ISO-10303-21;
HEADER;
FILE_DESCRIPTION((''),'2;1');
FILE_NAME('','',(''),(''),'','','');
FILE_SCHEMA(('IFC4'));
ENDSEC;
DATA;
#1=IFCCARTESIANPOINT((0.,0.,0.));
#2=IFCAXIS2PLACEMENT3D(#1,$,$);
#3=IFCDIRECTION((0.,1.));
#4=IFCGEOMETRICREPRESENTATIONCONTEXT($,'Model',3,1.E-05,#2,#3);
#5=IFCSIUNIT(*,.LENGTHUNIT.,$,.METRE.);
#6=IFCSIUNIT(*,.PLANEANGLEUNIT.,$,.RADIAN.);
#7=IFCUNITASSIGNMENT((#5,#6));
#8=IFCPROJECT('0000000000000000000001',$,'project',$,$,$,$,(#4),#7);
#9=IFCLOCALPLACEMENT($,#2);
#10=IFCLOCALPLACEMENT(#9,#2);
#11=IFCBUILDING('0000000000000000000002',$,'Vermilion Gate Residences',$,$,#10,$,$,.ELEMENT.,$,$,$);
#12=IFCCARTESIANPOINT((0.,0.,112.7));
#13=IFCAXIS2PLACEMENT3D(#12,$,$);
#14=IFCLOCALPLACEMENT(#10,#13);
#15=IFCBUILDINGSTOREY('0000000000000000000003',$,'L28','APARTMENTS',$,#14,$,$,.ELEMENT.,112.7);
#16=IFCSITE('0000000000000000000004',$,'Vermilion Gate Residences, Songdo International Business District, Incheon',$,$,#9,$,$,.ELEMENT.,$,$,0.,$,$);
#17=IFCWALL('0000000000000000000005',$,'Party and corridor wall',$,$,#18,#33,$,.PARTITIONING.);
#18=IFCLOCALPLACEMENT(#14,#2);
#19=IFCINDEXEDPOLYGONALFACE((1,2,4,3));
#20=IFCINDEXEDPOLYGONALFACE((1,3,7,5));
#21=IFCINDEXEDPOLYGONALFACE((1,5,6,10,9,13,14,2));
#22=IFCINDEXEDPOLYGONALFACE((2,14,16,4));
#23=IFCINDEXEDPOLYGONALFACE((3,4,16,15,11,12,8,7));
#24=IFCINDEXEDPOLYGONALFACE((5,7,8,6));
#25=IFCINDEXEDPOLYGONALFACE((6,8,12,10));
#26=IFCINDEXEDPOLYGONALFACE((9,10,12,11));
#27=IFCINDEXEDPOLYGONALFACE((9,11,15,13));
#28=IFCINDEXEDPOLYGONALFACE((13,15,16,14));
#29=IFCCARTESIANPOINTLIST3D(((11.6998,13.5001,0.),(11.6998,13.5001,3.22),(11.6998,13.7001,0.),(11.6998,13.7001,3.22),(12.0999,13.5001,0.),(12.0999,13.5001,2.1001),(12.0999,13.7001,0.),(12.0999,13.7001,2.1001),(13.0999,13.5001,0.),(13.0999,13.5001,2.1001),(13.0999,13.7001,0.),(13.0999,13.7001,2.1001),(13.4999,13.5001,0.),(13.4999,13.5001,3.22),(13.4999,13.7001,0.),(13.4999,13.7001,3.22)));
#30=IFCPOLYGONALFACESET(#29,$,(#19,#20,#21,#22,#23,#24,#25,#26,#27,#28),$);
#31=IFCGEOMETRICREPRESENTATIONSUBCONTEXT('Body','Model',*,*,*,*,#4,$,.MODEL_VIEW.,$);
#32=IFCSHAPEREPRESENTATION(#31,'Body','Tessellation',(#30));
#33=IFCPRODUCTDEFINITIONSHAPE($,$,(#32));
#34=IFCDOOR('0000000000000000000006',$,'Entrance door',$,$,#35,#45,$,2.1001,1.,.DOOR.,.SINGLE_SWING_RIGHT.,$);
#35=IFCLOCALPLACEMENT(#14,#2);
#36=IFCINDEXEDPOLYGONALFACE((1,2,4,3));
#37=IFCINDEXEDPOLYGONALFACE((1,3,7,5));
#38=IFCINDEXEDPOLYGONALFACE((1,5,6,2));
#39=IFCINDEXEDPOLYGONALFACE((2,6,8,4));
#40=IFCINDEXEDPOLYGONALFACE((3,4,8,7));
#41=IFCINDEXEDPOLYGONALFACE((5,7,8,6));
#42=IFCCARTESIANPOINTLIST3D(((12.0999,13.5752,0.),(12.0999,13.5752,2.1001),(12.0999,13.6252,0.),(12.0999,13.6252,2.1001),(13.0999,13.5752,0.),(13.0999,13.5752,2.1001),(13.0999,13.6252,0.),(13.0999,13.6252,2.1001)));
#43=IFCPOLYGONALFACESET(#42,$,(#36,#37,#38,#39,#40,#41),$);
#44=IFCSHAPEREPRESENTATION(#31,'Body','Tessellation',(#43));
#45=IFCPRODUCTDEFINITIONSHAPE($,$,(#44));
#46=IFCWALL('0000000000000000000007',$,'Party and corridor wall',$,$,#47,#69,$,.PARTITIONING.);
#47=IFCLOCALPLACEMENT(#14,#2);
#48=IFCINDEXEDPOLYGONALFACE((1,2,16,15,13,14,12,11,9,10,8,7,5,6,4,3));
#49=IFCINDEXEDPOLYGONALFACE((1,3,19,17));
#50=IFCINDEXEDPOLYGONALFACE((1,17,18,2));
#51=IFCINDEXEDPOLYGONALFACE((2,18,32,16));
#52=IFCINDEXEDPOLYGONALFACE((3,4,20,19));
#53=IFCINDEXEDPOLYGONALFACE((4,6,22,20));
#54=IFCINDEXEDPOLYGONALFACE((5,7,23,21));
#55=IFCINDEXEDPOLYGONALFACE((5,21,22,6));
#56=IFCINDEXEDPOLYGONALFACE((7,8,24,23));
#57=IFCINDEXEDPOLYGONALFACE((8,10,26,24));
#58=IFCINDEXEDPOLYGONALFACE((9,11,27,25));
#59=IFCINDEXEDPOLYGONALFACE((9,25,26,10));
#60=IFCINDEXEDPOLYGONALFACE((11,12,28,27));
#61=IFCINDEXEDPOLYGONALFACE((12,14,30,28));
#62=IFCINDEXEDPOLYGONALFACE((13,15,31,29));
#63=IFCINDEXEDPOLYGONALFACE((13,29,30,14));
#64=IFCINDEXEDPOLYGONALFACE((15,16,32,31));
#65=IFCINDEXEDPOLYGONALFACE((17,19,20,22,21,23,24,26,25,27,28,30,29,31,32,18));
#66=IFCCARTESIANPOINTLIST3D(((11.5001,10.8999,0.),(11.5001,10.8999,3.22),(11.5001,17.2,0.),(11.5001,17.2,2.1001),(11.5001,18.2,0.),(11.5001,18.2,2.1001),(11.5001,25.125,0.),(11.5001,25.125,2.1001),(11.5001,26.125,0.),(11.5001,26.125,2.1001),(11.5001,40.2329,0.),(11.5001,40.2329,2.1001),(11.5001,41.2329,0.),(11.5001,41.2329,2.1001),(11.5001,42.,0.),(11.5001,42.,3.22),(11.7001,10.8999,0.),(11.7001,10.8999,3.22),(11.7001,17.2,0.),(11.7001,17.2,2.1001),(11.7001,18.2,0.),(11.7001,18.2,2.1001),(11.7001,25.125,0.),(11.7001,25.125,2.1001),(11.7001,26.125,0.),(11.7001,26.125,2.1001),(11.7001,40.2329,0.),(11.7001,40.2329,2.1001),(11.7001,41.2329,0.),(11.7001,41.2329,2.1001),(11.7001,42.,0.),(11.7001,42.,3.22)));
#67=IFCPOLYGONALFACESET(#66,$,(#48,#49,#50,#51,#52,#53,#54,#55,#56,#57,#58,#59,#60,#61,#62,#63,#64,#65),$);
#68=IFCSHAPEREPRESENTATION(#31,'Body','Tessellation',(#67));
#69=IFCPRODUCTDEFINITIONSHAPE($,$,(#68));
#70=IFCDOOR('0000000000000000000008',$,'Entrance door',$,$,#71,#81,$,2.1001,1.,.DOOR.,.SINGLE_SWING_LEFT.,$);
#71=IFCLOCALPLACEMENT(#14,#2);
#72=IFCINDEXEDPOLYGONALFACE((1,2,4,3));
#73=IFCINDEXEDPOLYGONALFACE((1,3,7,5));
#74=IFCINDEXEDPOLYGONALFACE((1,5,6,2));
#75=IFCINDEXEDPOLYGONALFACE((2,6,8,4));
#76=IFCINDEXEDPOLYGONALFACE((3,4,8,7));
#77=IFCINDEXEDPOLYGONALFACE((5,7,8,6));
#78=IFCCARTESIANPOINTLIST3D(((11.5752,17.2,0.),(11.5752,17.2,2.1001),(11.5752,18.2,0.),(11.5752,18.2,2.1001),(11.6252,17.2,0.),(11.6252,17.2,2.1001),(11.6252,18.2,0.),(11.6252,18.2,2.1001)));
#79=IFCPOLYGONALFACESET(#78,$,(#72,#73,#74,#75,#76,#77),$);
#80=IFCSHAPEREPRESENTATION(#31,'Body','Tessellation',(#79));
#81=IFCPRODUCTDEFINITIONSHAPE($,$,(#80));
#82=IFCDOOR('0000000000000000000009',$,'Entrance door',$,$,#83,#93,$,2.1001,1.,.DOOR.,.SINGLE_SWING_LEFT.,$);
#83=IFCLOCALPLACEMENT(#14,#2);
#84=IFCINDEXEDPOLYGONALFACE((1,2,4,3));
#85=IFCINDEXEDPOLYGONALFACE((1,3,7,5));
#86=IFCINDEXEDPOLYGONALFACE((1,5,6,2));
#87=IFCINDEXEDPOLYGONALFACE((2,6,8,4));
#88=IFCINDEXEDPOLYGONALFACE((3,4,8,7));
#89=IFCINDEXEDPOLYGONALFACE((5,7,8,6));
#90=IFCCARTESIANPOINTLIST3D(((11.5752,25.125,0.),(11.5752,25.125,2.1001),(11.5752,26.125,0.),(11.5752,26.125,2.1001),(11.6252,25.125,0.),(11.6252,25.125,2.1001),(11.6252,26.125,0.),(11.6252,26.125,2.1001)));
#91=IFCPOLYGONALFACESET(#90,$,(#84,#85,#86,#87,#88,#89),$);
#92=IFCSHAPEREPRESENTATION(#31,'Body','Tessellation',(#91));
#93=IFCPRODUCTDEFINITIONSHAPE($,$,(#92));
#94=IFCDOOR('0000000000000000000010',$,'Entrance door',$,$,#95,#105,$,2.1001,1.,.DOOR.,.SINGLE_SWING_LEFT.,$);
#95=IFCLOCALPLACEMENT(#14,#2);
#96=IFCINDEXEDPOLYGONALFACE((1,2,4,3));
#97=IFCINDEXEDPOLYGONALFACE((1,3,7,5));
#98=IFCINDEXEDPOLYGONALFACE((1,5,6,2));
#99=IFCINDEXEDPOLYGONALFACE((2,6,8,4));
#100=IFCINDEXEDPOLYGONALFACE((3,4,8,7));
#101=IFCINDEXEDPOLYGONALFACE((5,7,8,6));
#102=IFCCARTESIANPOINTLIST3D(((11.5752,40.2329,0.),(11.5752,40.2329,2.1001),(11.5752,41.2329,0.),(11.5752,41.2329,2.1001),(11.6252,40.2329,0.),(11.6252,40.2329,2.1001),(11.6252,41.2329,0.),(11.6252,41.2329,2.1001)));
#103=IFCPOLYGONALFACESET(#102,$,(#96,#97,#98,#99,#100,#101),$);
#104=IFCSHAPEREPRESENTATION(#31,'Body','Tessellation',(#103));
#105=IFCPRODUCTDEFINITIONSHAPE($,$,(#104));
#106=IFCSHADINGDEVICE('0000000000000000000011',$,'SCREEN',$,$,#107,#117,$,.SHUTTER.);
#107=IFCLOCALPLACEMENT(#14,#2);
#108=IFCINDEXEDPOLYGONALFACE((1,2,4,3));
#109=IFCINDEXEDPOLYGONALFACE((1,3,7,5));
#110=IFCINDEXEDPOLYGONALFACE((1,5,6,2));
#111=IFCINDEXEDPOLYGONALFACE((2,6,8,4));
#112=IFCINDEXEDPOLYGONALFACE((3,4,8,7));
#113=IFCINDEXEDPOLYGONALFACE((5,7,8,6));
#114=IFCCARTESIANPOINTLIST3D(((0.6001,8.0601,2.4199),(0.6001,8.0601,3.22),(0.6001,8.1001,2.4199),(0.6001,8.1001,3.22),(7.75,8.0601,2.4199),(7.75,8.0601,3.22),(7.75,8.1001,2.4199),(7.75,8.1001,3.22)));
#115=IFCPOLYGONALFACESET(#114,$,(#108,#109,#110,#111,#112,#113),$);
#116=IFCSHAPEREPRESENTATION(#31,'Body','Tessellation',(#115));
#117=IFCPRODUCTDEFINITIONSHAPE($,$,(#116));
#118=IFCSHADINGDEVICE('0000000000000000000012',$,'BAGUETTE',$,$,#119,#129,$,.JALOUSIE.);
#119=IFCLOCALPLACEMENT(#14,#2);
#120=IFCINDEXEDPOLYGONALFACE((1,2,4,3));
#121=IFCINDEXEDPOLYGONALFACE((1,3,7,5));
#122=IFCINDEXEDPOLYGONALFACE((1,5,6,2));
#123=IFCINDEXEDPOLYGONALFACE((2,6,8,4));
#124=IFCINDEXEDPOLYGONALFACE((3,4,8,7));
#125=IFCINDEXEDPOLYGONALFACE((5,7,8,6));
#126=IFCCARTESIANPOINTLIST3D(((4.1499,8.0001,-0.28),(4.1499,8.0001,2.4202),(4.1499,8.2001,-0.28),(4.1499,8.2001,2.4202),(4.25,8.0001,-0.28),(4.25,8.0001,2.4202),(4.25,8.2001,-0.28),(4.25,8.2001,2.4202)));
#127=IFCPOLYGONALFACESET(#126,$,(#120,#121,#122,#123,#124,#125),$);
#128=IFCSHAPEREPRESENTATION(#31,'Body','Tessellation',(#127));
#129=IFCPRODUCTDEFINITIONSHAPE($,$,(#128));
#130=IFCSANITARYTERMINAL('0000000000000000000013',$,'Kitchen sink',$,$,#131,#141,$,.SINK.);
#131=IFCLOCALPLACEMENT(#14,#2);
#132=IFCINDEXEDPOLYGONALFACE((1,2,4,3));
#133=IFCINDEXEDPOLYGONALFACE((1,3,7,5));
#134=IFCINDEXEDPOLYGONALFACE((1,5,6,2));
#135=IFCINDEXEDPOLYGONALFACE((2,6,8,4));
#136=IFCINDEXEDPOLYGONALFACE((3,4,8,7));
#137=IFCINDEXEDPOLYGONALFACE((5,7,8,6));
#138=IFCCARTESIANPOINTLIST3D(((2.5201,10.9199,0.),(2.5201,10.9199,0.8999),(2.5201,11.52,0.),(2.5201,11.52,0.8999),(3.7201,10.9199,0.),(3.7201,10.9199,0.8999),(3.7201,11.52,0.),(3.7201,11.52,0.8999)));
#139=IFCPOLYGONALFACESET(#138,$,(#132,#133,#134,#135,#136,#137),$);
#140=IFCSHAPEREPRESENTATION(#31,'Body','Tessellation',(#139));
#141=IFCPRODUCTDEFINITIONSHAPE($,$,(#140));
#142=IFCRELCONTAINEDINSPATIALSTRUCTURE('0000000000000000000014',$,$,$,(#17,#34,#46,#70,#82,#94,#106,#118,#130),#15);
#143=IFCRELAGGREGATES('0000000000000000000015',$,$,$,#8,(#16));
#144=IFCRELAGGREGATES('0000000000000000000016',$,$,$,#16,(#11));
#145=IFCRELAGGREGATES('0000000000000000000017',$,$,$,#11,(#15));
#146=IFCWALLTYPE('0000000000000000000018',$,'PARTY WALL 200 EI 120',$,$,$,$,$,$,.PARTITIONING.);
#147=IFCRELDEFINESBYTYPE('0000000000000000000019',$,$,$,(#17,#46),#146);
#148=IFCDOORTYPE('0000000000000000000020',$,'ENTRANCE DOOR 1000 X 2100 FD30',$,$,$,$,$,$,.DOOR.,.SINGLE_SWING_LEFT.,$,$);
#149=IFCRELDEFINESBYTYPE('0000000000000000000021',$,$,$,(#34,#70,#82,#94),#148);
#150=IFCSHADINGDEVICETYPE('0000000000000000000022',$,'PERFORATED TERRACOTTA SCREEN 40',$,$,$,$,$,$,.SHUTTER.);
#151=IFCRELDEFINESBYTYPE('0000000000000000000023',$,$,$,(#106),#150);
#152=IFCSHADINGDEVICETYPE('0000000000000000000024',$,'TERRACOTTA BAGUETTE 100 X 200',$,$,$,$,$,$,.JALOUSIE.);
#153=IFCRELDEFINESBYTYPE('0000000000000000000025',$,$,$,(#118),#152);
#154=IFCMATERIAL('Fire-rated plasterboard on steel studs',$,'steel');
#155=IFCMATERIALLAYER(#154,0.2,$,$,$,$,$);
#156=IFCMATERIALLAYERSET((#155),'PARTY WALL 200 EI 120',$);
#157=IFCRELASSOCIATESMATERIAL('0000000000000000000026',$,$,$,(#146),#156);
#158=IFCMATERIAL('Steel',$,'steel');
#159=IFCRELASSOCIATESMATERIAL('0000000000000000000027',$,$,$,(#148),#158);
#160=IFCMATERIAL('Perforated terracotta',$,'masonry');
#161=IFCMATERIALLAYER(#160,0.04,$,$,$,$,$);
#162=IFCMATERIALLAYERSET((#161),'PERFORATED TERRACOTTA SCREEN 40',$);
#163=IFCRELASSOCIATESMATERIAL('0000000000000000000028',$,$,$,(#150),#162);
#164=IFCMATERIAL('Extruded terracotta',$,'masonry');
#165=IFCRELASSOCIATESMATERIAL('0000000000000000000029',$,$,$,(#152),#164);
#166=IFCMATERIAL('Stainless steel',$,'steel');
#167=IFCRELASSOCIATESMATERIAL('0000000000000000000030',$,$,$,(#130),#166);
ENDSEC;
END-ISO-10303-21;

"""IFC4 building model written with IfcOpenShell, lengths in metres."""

from ifc_helpers import new_model, si_unit, direction, frame, frame_2d, origin, origin_2d, place, context, subcontext, project, spatial, rectangle, extrude, material, layer, layer_set, material_profile, profile_set, type_object, element, fill, save


model = new_model("IFC4")

# Units and contexts
model_context = context("Model", 3, precision=1e-05, world=origin(), true_north=direction((0.0, 1.0)))
body_context = subcontext(model_context, "Body", "Model", "MODEL_VIEW")
ifc_project = project(units=[si_unit("LENGTHUNIT", "METRE"), si_unit("PLANEANGLEUNIT", "RADIAN")], contexts=[model_context])

# Site, building, storey
site_placement = place(None, origin())
site = spatial("IfcSite", under=ifc_project, at=site_placement, Name="Vermilion Gate Residences, Songdo International Business District, Incheon", CompositionType="ELEMENT", RefElevation=0.0)
building_placement = place(site_placement, origin())
building = spatial("IfcBuilding", under=site, at=building_placement, Name="Vermilion Gate Residences", CompositionType="ELEMENT")
storey_placement = place(building_placement, frame((0.0, 0.0, 112.7)))
storey = spatial("IfcBuildingStorey", under=building, at=storey_placement, Name="L28", Description="APARTMENTS", CompositionType="ELEMENT", Elevation=112.7)

# Wall, opening, door
ifc_material_1 = material(Name="Fire-rated plasterboard on steel studs", Category="steel")
ifc_layer_1 = layer(ifc_material_1, 0.2)
ifc_layer_set_1 = layer_set([ifc_layer_1], Name="PARTY WALL 200 EI 120")
wall_type_1 = type_object("IfcWallType", Name="PARTY WALL 200 EI 120", PredefinedType="PARTITIONING", material=ifc_layer_set_1)
wall_1_placement = place(storey_placement, frame((11.7, 13.6001, 0.0), z_axis=(0.0, 0.0, 1.0), x_axis=(1.0, 0.0, 0.0)))
wall_1 = element("IfcWall", 1, at=wall_1_placement, inside=storey, type_object=wall_type_1, Name="Party and corridor wall", PredefinedType="PARTITIONING", context=body_context, shape_type="SweptSolid", body=[
    extrude(rectangle(XDim=1.8, YDim=0.2, at=frame_2d((0.8999, 0.0))), origin(), (0.0, 0.0, 1.0), 3.22),
])
opening_1_placement = place(wall_1_placement, frame((0.3999, 0.0, 0.0)))
opening_1 = element("IfcOpeningElement", 2, at=opening_1_placement, cuts=wall_1, PredefinedType="OPENING", context=body_context, shape_type="SweptSolid", body=[
    extrude(rectangle(XDim=1.0, YDim=2.1001, at=frame_2d((0.5, 1.05))), frame((0.0, 0.1099, 0.0), z_axis=(0.0, -1.0, 0.0), x_axis=(1.0, 0.0, 0.0)), (0.0, 0.0, 1.0), 0.22),
])
ifc_material_2 = material(Name="Steel", Category="steel")
door_type_1 = type_object("IfcDoorType", Name="ENTRANCE DOOR 1000 X 2100 FD30", OperationType="SINGLE_SWING_LEFT", PredefinedType="DOOR", material=ifc_material_2)
door_1_placement = place(opening_1_placement, frame((1.0, 0.0, 0.0), z_axis=(0.0, 0.0, 1.0), x_axis=(-1.0, 0.0, 0.0)))
door_1 = element("IfcDoor", 3, at=door_1_placement, inside=storey, type_object=door_type_1, Name="Entrance door", OperationType="SINGLE_SWING_RIGHT", OverallHeight=2.1001, OverallWidth=1.0, PredefinedType="DOOR", context=body_context, shape_type="SweptSolid", body=[
    extrude(rectangle(XDim=1.0, YDim=2.1001, at=frame_2d((0.5, 1.05))), frame((0.0, 0.0249, 0.0), z_axis=(0.0, -1.0, 0.0), x_axis=(1.0, 0.0, 0.0)), (0.0, 0.0, 1.0), 0.05),
])
fill(opening_1, door_1)

# Wall, openings, doors
wall_2_placement = place(storey_placement, frame((11.6001, 10.8999, 0.0), z_axis=(0.0, 0.0, 1.0), x_axis=(0.0, 1.0, 0.0)))
wall_2 = element("IfcWall", 4, at=wall_2_placement, inside=storey, type_object=wall_type_1, Name="Party and corridor wall", PredefinedType="PARTITIONING", context=body_context, shape_type="SweptSolid", body=[
    extrude(rectangle(XDim=31.1001, YDim=0.2, at=frame_2d((15.55, 0.0))), origin(), (0.0, 0.0, 1.0), 3.22),
])
opening_2_placement = place(wall_2_placement, frame((6.3, 0.0, 0.0)))
opening_2 = element("IfcOpeningElement", 5, at=opening_2_placement, cuts=wall_2, PredefinedType="OPENING", context=body_context, shape_type="SweptSolid", body=[
    extrude(rectangle(XDim=1.0, YDim=2.1001, at=frame_2d((0.5, 1.05))), frame((0.0, 0.1099, 0.0), z_axis=(0.0, -1.0, 0.0), x_axis=(1.0, 0.0, 0.0)), (0.0, 0.0, 1.0), 0.22),
])
opening_3_placement = place(wall_2_placement, frame((14.2251, 0.0, 0.0)))
opening_3 = element("IfcOpeningElement", 6, at=opening_3_placement, cuts=wall_2, PredefinedType="OPENING", context=body_context, shape_type="SweptSolid", body=[
    extrude(rectangle(XDim=1.0, YDim=2.1001, at=frame_2d((0.5, 1.05))), frame((0.0, 0.1099, 0.0), z_axis=(0.0, -1.0, 0.0), x_axis=(1.0, 0.0, 0.0)), (0.0, 0.0, 1.0), 0.22),
])
opening_4_placement = place(wall_2_placement, frame((29.333, 0.0, 0.0)))
opening_4 = element("IfcOpeningElement", 7, at=opening_4_placement, cuts=wall_2, PredefinedType="OPENING", context=body_context, shape_type="SweptSolid", body=[
    extrude(rectangle(XDim=1.0, YDim=2.1001, at=frame_2d((0.5, 1.05))), frame((0.0, 0.1099, 0.0), z_axis=(0.0, -1.0, 0.0), x_axis=(1.0, 0.0, 0.0)), (0.0, 0.0, 1.0), 0.22),
])
door_2_placement = place(opening_2_placement, origin())
door_2 = element("IfcDoor", 8, at=door_2_placement, inside=storey, type_object=door_type_1, Name="Entrance door", OperationType="SINGLE_SWING_LEFT", OverallHeight=2.1001, OverallWidth=1.0, PredefinedType="DOOR", context=body_context, shape_type="SweptSolid", body=[
    extrude(rectangle(XDim=1.0, YDim=2.1001, at=frame_2d((0.5, 1.05))), frame((0.0, 0.0249, 0.0), z_axis=(0.0, -1.0, 0.0), x_axis=(1.0, 0.0, 0.0)), (0.0, 0.0, 1.0), 0.05),
])
fill(opening_2, door_2)
door_3_placement = place(opening_3_placement, origin())
door_3 = element("IfcDoor", 9, at=door_3_placement, inside=storey, type_object=door_type_1, Name="Entrance door", OperationType="SINGLE_SWING_LEFT", OverallHeight=2.1001, OverallWidth=1.0, PredefinedType="DOOR", context=body_context, shape_type="SweptSolid", body=[
    extrude(rectangle(XDim=1.0, YDim=2.1001, at=frame_2d((0.5, 1.05))), frame((0.0, 0.0249, 0.0), z_axis=(0.0, -1.0, 0.0), x_axis=(1.0, 0.0, 0.0)), (0.0, 0.0, 1.0), 0.05),
])
fill(opening_3, door_3)
door_4_placement = place(opening_4_placement, origin())
door_4 = element("IfcDoor", 10, at=door_4_placement, inside=storey, type_object=door_type_1, Name="Entrance door", OperationType="SINGLE_SWING_LEFT", OverallHeight=2.1001, OverallWidth=1.0, PredefinedType="DOOR", context=body_context, shape_type="SweptSolid", body=[
    extrude(rectangle(XDim=1.0, YDim=2.1001, at=frame_2d((0.5, 1.05))), frame((0.0, 0.0249, 0.0), z_axis=(0.0, -1.0, 0.0), x_axis=(1.0, 0.0, 0.0)), (0.0, 0.0, 1.0), 0.05),
])
fill(opening_4, door_4)

# Shading devices
ifc_material_3 = material(Name="Perforated terracotta", Category="masonry")
ifc_layer_2 = layer(ifc_material_3, 0.04)
ifc_layer_set_2 = layer_set([ifc_layer_2], Name="PERFORATED TERRACOTTA SCREEN 40")
shading_device_type_1 = type_object("IfcShadingDeviceType", Name="PERFORATED TERRACOTTA SCREEN 40", PredefinedType="SHUTTER", material=ifc_layer_set_2)
shading_device_1_placement = place(storey_placement, frame((4.175, 8.0801, 2.4199), z_axis=(0.0, 0.0, 1.0), x_axis=(1.0, 0.0, 0.0)))
element("IfcShadingDevice", 11, at=shading_device_1_placement, inside=storey, type_object=shading_device_type_1, Name="SCREEN", PredefinedType="SHUTTER", context=body_context, shape_type="SweptSolid", body=[
    extrude(rectangle(XDim=7.1499, YDim=0.04, at=origin_2d()), origin(), (0.0, 0.0, 1.0), 0.8),
])
ifc_material_4 = material(Name="Extruded terracotta", Category="masonry")
ifc_material_profile_1 = material_profile(ifc_material_4, rectangle(XDim=0.2, YDim=0.1001, at=origin_2d()), Name="BAGUETTE 100 X 200")
ifc_profile_set_1 = profile_set([ifc_material_profile_1], Name="Extruded terracotta")
shading_device_type_2 = type_object("IfcShadingDeviceType", Name="TERRACOTTA BAGUETTE 100 X 200", PredefinedType="JALOUSIE", material=ifc_profile_set_1)
shading_device_2_placement = place(storey_placement, frame((4.2, 8.1001, -0.28), z_axis=(0.0, 0.0, 1.0), x_axis=(0.0, 1.0, 0.0)))
element("IfcShadingDevice", 12, at=shading_device_2_placement, inside=storey, type_object=shading_device_type_2, Name="BAGUETTE", PredefinedType="JALOUSIE", context=body_context, shape_type="SweptSolid", body=[
    extrude(rectangle(XDim=0.2, YDim=0.1001, at=origin_2d()), origin(), (0.0, 0.0, 1.0), 2.7002),
])

# Sanitary terminal
ifc_material_5 = material(Name="Stainless steel", Category="steel")
sanitary_terminal_placement = place(storey_placement, frame((3.1201, 11.22, 0.0), z_axis=(0.0, 0.0, 1.0), x_axis=(1.0, 0.0, 0.0)))
element("IfcSanitaryTerminal", 13, at=sanitary_terminal_placement, inside=storey, material=ifc_material_5, Name="Kitchen sink", PredefinedType="SINK", context=body_context, shape_type="SweptSolid", body=[
    extrude(rectangle(XDim=1.2, YDim=0.6001, at=origin_2d()), origin(), (0.0, 0.0, 1.0), 0.8999),
])

save(model, "model.ifc")
